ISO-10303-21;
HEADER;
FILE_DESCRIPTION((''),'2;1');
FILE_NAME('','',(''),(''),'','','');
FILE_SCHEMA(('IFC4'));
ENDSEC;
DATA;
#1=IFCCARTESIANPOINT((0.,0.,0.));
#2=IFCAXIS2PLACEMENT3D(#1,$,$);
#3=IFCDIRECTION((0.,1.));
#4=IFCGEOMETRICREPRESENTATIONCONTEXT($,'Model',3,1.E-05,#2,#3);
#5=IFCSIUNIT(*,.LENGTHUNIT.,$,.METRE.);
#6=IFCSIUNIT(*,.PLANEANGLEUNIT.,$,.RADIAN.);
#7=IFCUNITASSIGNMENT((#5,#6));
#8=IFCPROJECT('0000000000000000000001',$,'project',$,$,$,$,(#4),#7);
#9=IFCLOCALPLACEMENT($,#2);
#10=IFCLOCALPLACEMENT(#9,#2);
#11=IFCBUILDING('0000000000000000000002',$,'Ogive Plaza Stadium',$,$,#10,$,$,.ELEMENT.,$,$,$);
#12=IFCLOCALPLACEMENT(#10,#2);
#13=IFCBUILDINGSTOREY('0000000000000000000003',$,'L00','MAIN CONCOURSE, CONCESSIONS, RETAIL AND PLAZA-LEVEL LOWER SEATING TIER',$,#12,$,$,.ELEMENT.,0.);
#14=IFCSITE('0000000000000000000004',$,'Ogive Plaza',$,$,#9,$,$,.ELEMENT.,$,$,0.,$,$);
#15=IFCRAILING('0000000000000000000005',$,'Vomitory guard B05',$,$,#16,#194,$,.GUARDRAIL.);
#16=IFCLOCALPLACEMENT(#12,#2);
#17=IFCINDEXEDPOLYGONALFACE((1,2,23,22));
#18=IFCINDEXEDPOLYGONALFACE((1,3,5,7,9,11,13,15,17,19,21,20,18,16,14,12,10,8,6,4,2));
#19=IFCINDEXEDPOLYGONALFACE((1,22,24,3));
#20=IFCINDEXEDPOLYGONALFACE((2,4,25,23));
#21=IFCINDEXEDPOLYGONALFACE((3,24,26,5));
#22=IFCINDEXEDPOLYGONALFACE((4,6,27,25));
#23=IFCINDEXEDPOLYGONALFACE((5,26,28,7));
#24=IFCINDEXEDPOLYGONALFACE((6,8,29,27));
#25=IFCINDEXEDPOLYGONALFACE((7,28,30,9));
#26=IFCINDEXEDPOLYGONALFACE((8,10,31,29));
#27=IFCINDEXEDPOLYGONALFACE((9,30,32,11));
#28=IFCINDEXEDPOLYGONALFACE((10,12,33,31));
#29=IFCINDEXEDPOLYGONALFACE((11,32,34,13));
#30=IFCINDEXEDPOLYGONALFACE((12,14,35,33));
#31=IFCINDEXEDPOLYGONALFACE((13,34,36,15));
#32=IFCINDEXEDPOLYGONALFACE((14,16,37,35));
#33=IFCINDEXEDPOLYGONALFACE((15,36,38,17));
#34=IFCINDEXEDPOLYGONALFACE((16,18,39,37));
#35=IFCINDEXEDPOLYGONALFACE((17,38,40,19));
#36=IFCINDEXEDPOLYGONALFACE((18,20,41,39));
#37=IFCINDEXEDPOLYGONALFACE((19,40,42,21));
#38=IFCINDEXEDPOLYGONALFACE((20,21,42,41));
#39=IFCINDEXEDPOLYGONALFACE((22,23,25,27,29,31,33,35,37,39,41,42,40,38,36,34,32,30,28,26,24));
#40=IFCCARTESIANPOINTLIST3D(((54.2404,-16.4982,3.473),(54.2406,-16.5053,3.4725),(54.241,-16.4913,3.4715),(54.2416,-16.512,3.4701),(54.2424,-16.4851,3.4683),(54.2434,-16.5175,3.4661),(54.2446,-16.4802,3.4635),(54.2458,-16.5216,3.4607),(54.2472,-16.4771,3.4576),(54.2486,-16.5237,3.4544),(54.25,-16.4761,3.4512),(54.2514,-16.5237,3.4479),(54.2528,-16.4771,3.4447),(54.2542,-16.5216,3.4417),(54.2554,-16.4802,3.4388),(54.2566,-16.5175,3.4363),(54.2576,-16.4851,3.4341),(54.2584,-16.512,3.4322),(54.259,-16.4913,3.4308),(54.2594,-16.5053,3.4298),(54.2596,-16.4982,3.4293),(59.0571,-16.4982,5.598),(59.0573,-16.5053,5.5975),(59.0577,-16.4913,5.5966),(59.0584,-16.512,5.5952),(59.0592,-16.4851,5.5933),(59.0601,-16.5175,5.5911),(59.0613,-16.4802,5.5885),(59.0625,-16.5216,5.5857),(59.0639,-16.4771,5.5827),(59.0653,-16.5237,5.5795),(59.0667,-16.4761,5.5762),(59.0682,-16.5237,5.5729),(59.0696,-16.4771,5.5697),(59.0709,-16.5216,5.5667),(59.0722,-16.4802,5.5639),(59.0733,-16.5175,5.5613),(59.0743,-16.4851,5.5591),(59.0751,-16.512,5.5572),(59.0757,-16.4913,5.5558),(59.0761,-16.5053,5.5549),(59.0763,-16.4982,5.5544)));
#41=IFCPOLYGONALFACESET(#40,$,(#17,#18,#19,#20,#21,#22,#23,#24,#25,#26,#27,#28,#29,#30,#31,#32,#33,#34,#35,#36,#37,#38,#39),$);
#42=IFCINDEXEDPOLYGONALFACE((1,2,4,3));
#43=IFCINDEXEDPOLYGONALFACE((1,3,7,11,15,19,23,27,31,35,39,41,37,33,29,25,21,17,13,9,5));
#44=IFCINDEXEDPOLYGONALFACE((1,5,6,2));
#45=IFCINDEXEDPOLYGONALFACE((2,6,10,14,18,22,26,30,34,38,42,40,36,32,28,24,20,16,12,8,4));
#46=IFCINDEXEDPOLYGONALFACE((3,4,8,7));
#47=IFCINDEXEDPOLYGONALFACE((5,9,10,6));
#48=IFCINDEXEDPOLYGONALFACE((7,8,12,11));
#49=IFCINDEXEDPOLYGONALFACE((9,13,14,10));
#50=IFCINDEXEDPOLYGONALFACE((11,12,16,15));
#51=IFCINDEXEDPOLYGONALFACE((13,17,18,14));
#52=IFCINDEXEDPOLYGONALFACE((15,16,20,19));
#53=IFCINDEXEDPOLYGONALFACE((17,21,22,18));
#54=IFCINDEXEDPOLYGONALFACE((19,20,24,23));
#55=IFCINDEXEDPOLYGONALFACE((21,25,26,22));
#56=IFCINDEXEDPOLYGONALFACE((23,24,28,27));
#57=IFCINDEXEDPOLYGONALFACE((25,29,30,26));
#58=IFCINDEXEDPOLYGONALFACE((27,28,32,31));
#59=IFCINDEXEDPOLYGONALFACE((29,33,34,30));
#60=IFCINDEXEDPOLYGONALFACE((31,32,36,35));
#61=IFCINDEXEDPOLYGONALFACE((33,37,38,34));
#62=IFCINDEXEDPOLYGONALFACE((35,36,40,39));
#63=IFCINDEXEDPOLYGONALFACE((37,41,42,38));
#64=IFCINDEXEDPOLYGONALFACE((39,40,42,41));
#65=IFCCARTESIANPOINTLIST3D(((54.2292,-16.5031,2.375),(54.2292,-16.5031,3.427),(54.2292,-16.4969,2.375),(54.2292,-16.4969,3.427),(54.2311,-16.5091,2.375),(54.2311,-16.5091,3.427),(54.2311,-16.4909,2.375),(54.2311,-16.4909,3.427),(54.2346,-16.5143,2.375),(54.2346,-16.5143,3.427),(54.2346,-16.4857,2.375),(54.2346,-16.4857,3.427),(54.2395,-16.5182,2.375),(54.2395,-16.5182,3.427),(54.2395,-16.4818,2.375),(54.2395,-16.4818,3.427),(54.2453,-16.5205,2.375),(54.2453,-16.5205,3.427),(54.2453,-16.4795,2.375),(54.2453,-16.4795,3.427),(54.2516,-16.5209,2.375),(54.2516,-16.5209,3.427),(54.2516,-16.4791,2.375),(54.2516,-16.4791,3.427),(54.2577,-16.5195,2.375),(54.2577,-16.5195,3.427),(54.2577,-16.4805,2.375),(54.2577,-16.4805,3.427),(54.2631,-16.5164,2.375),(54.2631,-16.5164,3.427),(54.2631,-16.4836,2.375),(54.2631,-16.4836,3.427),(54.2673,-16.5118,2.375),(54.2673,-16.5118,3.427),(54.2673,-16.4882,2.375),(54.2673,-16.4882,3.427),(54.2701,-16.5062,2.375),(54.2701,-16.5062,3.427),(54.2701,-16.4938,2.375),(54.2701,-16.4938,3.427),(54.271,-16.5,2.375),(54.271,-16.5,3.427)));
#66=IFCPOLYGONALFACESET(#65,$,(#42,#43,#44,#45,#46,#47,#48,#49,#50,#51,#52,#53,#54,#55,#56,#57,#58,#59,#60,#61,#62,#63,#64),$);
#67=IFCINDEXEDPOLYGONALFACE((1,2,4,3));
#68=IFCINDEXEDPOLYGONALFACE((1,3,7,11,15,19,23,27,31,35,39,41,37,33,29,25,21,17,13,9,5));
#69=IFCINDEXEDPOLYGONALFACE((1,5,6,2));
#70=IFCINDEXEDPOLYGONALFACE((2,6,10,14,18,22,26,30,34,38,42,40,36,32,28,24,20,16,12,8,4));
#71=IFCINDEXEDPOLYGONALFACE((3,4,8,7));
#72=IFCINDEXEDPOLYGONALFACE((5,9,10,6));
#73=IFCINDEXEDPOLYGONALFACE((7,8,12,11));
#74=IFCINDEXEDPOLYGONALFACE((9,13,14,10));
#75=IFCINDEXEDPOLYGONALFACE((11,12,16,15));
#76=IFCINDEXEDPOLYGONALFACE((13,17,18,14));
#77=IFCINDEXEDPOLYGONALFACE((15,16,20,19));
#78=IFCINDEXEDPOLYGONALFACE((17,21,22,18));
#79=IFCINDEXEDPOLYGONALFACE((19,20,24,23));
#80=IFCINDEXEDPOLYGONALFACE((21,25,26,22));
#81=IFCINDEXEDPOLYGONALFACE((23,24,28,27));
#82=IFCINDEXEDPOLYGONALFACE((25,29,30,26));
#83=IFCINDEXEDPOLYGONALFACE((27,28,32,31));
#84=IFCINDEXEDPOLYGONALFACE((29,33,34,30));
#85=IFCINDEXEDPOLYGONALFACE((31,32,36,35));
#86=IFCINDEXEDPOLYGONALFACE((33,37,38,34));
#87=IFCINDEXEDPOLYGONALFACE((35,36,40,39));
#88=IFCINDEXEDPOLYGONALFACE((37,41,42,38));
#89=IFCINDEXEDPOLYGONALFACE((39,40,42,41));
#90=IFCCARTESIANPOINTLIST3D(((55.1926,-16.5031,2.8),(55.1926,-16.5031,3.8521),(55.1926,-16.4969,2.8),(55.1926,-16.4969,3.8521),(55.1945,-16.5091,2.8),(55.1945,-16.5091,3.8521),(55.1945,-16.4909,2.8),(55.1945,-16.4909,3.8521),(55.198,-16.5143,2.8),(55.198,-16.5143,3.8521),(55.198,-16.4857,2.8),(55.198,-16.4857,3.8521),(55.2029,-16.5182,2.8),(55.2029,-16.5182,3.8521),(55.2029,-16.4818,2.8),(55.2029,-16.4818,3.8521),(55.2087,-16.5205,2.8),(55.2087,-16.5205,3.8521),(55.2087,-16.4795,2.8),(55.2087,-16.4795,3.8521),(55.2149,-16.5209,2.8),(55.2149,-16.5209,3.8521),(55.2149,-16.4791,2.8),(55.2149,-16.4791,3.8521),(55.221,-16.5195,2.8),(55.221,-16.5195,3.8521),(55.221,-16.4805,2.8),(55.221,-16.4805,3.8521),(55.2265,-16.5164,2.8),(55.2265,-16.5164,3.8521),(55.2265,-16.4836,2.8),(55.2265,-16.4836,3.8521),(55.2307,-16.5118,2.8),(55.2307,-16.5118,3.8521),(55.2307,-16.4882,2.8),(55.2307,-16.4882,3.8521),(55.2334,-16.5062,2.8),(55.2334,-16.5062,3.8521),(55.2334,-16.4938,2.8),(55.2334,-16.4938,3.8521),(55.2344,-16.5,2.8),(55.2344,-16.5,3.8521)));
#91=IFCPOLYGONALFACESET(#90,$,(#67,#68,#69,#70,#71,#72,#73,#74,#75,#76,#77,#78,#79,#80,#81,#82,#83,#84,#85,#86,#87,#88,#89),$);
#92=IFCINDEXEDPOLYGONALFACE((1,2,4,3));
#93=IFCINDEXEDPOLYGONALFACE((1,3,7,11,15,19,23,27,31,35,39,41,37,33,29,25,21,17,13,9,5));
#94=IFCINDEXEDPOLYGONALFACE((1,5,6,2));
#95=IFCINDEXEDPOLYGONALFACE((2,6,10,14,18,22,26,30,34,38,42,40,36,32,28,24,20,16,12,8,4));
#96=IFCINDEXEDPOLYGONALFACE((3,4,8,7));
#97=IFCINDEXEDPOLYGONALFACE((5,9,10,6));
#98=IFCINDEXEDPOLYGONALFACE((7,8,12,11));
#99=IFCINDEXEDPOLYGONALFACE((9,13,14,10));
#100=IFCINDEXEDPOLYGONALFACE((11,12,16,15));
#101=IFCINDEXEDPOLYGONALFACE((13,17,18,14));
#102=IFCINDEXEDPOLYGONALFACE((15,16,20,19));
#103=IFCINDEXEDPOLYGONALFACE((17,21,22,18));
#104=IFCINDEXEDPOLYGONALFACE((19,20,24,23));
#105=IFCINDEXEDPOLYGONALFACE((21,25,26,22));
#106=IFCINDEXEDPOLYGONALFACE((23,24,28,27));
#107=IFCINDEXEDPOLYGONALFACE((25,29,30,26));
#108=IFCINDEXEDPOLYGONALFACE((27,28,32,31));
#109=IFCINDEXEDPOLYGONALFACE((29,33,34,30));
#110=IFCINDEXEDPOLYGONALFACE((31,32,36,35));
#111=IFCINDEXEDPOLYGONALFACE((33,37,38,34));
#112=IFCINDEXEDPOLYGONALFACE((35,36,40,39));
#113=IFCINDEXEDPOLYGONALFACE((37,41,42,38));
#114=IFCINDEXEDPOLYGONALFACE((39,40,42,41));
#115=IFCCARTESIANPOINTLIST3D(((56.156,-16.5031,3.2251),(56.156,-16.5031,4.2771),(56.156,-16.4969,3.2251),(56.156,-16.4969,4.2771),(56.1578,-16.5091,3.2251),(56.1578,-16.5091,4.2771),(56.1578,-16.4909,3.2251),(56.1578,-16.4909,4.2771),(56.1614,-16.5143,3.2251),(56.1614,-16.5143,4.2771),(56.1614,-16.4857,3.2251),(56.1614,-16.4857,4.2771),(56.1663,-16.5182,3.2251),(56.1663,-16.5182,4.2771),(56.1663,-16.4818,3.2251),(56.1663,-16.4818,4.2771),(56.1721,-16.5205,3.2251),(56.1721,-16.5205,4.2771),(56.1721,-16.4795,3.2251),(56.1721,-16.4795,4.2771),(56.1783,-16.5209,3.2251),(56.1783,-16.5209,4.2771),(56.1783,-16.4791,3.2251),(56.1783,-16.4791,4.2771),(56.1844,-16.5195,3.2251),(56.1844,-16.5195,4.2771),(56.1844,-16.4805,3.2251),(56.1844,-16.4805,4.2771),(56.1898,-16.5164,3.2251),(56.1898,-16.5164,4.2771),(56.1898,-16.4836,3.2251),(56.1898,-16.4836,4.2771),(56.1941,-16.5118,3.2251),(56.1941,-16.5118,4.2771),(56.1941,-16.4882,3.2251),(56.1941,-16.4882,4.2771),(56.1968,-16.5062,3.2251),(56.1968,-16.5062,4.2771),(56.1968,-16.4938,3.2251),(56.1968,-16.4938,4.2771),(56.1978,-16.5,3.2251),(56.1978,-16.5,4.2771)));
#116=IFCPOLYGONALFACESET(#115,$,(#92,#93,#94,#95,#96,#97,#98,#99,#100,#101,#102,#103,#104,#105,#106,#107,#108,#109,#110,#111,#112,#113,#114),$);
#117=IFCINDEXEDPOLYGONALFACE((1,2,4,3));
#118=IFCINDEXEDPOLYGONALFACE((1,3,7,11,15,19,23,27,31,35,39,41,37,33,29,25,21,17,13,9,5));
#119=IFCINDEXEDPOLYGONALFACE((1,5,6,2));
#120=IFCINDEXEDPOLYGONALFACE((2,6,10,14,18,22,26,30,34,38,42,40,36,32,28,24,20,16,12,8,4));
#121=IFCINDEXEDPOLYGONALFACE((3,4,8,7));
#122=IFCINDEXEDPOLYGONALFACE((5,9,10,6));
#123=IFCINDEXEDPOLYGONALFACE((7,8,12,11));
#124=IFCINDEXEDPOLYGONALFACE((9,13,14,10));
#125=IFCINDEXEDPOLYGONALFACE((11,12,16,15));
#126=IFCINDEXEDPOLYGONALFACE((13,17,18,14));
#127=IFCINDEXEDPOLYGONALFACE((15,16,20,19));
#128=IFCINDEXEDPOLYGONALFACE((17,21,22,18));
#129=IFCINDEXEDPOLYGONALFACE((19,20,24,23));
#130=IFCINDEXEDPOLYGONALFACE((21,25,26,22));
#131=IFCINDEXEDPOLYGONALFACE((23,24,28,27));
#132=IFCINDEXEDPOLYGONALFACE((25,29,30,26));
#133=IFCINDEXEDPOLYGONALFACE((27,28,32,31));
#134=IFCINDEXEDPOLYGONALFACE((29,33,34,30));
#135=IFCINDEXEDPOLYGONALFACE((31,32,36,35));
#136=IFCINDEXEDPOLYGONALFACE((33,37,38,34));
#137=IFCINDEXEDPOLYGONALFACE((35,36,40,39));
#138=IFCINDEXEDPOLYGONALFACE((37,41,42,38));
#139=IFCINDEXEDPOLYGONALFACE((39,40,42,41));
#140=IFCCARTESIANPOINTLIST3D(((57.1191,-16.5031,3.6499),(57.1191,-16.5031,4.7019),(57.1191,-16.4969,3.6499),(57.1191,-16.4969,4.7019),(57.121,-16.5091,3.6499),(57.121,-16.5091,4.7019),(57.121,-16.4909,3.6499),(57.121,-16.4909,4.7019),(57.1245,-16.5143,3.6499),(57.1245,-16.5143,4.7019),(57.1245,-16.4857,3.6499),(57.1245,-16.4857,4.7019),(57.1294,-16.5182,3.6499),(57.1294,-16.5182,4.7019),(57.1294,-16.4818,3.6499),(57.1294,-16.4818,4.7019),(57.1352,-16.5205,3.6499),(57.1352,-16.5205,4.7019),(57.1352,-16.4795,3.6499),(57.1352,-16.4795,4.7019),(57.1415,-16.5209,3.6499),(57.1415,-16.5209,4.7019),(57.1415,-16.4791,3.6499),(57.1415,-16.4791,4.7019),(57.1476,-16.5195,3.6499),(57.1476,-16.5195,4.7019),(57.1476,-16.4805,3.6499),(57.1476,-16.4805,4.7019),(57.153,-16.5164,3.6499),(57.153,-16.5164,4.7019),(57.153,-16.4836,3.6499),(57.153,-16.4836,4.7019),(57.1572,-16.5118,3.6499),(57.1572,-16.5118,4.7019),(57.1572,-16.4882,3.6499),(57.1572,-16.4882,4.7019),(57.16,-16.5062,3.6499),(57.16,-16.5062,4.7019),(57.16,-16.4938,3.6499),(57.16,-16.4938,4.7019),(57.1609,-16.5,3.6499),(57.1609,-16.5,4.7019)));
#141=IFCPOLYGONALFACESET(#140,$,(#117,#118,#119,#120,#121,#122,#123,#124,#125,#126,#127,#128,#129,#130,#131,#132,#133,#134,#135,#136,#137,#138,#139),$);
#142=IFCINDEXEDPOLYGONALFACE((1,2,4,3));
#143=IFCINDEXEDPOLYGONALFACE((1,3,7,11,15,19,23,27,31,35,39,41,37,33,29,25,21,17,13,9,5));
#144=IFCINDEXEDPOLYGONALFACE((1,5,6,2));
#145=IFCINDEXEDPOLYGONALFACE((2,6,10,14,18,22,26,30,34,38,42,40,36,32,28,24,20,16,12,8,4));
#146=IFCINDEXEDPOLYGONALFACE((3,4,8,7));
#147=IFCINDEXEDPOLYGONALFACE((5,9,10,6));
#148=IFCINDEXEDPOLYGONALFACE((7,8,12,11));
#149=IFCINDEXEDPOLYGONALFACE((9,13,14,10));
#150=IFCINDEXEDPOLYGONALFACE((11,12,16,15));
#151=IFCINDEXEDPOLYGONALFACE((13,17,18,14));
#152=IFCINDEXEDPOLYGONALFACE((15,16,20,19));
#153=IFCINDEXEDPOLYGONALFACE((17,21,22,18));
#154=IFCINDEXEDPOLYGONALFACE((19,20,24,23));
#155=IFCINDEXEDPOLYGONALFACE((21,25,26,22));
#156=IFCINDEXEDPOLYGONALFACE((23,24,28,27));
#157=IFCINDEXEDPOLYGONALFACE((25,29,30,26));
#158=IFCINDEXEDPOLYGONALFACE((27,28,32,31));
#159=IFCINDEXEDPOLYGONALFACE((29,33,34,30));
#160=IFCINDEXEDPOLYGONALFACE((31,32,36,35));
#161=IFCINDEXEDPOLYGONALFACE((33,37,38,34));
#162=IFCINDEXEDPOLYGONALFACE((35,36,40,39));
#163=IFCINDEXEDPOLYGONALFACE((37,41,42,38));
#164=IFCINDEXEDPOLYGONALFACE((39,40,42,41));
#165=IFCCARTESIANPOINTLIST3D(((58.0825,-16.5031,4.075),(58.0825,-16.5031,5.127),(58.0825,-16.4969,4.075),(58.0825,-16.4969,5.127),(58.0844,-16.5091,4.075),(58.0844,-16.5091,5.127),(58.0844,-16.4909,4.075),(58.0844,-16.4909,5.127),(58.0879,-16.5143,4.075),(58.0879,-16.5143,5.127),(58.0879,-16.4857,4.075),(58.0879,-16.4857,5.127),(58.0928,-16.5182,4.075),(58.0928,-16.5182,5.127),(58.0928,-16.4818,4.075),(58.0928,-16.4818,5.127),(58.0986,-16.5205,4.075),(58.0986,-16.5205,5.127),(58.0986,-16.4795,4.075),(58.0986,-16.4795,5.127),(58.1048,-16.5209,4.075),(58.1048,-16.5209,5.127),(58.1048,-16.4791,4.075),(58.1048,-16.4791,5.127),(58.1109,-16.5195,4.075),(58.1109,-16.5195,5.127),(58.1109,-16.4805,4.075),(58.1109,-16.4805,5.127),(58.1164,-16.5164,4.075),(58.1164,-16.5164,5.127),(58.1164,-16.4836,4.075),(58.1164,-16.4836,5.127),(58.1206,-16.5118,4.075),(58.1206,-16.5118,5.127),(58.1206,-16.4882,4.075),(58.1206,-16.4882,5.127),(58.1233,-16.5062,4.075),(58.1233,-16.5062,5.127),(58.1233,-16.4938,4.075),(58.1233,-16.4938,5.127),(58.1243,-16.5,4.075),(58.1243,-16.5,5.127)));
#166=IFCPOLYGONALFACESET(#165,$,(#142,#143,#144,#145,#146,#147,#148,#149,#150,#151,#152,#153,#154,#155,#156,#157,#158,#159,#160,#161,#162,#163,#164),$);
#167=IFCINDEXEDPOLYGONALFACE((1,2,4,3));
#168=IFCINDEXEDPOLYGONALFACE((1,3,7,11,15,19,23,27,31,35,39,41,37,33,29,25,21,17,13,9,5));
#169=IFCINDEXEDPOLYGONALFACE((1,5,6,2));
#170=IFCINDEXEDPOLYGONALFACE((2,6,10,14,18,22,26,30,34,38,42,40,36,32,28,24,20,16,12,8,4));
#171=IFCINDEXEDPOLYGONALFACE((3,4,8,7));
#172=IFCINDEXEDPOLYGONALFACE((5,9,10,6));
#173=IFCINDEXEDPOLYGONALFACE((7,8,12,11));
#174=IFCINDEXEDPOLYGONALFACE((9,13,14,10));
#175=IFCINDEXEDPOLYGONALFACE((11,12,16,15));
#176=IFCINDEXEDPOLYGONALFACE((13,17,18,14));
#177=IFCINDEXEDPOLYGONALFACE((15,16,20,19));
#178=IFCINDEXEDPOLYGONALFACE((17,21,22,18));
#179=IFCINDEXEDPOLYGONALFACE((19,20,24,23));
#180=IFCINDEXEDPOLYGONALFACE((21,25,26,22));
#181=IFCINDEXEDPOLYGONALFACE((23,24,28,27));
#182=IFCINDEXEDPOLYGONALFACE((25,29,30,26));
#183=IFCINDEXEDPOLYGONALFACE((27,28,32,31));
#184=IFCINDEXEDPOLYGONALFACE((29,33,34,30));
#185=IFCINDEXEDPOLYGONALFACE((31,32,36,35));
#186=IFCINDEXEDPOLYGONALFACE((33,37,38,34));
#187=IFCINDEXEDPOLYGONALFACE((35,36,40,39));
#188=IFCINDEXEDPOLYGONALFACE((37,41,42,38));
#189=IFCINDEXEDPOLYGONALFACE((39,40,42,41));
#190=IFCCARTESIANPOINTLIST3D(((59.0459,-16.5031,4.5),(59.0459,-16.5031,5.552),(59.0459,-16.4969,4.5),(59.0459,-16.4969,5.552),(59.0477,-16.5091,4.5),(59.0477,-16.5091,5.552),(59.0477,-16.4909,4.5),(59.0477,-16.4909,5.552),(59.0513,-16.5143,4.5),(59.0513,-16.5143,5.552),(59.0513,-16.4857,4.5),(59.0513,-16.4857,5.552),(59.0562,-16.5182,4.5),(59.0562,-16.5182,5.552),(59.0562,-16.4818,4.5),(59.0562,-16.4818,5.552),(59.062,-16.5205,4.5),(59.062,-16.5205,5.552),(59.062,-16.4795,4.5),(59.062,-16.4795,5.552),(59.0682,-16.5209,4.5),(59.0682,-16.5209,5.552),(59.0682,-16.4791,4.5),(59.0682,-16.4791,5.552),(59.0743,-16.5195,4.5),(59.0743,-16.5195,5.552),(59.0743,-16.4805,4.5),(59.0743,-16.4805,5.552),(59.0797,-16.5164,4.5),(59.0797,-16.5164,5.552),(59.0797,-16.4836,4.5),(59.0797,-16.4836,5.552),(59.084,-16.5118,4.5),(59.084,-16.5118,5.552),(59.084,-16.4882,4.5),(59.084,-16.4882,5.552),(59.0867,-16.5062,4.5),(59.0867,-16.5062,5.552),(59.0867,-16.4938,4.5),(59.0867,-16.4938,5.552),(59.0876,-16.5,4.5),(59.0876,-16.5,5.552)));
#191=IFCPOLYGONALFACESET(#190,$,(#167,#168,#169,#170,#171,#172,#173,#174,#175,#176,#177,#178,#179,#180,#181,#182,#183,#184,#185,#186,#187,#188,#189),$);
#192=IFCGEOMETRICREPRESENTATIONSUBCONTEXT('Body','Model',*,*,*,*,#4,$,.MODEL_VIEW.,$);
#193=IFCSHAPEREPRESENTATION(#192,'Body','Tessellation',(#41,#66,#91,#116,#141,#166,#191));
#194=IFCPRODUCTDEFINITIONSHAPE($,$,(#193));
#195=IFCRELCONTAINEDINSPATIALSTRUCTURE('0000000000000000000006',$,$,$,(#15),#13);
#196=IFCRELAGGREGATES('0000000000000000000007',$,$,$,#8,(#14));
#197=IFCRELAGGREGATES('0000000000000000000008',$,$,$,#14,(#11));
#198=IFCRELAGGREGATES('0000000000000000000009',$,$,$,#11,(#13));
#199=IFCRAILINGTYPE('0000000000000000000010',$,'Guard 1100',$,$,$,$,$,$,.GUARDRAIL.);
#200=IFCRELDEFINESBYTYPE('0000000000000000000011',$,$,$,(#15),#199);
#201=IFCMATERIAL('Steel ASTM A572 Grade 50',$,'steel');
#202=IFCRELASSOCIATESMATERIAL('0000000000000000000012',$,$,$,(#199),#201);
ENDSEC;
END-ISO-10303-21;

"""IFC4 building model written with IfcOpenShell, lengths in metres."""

from ifc_helpers import new_model, si_unit, direction, frame, origin, origin_2d, place, context, subcontext, project, spatial, circle, extrude, material, type_object, element, save


model = new_model("IFC4")

# Units and contexts
model_context = context("Model", 3, precision=1e-05, world=origin(), true_north=direction((0.0, 1.0)))
body_context = subcontext(model_context, "Body", "Model", "MODEL_VIEW")
ifc_project = project(units=[si_unit("LENGTHUNIT", "METRE"), si_unit("PLANEANGLEUNIT", "RADIAN")], contexts=[model_context])

# Site, building, storey
site_placement = place(None, origin())
site = spatial("IfcSite", under=ifc_project, at=site_placement, Name="Ogive Plaza", CompositionType="ELEMENT", RefElevation=0.0)
building_placement = place(site_placement, origin())
building = spatial("IfcBuilding", under=site, at=building_placement, Name="Ogive Plaza Stadium", CompositionType="ELEMENT")
storey_placement = place(building_placement, origin())
storey = spatial("IfcBuildingStorey", under=building, at=storey_placement, Name="L00", Description="MAIN CONCOURSE, CONCESSIONS, RETAIL AND PLAZA-LEVEL LOWER SEATING TIER", CompositionType="ELEMENT", Elevation=0.0)

# Railing
ifc_material_1 = material(Name="Steel ASTM A572 Grade 50", Category="steel")
railing_type = type_object("IfcRailingType", Name="Guard 1100", PredefinedType="GUARDRAIL", material=ifc_material_1)
for number, where, name in (
    (1, (54.25, -16.5, 2.375), "Vomitory guard B05"),
):
    element("IfcRailing", number, at=place(storey_placement, frame(where)), inside=storey, type_object=railing_type, Name=name, PredefinedType="GUARDRAIL", context=body_context, shape_type="SweptSolid", body=[
        extrude(circle(Radius=0.0239, at=origin_2d()), frame((0.0, 0.0, 1.0762), z_axis=(0.914917, 0.0, 0.403641), x_axis=(0.0, 1.0, 0.0)), (0.0, 0.0, 1.0), 5.2646),
        extrude(circle(Radius=0.021, at=origin_2d()), origin(), (0.0, 0.0, 1.0), 1.052),
        extrude(circle(Radius=0.021, at=origin_2d()), frame((0.9634, 0.0, 0.425)), (0.0, 0.0, 1.0), 1.052),
        extrude(circle(Radius=0.021, at=origin_2d()), frame((1.9268, 0.0, 0.8501)), (0.0, 0.0, 1.0), 1.052),
        extrude(circle(Radius=0.021, at=origin_2d()), frame((2.8899, 0.0, 1.2749)), (0.0, 0.0, 1.0), 1.052),
        extrude(circle(Radius=0.021, at=origin_2d()), frame((3.8533, 0.0, 1.7)), (0.0, 0.0, 1.0), 1.052),
        extrude(circle(Radius=0.021, at=origin_2d()), frame((4.8167, 0.0, 2.125)), (0.0, 0.0, 1.0), 1.052),
    ])

save(model, "model.ifc")
